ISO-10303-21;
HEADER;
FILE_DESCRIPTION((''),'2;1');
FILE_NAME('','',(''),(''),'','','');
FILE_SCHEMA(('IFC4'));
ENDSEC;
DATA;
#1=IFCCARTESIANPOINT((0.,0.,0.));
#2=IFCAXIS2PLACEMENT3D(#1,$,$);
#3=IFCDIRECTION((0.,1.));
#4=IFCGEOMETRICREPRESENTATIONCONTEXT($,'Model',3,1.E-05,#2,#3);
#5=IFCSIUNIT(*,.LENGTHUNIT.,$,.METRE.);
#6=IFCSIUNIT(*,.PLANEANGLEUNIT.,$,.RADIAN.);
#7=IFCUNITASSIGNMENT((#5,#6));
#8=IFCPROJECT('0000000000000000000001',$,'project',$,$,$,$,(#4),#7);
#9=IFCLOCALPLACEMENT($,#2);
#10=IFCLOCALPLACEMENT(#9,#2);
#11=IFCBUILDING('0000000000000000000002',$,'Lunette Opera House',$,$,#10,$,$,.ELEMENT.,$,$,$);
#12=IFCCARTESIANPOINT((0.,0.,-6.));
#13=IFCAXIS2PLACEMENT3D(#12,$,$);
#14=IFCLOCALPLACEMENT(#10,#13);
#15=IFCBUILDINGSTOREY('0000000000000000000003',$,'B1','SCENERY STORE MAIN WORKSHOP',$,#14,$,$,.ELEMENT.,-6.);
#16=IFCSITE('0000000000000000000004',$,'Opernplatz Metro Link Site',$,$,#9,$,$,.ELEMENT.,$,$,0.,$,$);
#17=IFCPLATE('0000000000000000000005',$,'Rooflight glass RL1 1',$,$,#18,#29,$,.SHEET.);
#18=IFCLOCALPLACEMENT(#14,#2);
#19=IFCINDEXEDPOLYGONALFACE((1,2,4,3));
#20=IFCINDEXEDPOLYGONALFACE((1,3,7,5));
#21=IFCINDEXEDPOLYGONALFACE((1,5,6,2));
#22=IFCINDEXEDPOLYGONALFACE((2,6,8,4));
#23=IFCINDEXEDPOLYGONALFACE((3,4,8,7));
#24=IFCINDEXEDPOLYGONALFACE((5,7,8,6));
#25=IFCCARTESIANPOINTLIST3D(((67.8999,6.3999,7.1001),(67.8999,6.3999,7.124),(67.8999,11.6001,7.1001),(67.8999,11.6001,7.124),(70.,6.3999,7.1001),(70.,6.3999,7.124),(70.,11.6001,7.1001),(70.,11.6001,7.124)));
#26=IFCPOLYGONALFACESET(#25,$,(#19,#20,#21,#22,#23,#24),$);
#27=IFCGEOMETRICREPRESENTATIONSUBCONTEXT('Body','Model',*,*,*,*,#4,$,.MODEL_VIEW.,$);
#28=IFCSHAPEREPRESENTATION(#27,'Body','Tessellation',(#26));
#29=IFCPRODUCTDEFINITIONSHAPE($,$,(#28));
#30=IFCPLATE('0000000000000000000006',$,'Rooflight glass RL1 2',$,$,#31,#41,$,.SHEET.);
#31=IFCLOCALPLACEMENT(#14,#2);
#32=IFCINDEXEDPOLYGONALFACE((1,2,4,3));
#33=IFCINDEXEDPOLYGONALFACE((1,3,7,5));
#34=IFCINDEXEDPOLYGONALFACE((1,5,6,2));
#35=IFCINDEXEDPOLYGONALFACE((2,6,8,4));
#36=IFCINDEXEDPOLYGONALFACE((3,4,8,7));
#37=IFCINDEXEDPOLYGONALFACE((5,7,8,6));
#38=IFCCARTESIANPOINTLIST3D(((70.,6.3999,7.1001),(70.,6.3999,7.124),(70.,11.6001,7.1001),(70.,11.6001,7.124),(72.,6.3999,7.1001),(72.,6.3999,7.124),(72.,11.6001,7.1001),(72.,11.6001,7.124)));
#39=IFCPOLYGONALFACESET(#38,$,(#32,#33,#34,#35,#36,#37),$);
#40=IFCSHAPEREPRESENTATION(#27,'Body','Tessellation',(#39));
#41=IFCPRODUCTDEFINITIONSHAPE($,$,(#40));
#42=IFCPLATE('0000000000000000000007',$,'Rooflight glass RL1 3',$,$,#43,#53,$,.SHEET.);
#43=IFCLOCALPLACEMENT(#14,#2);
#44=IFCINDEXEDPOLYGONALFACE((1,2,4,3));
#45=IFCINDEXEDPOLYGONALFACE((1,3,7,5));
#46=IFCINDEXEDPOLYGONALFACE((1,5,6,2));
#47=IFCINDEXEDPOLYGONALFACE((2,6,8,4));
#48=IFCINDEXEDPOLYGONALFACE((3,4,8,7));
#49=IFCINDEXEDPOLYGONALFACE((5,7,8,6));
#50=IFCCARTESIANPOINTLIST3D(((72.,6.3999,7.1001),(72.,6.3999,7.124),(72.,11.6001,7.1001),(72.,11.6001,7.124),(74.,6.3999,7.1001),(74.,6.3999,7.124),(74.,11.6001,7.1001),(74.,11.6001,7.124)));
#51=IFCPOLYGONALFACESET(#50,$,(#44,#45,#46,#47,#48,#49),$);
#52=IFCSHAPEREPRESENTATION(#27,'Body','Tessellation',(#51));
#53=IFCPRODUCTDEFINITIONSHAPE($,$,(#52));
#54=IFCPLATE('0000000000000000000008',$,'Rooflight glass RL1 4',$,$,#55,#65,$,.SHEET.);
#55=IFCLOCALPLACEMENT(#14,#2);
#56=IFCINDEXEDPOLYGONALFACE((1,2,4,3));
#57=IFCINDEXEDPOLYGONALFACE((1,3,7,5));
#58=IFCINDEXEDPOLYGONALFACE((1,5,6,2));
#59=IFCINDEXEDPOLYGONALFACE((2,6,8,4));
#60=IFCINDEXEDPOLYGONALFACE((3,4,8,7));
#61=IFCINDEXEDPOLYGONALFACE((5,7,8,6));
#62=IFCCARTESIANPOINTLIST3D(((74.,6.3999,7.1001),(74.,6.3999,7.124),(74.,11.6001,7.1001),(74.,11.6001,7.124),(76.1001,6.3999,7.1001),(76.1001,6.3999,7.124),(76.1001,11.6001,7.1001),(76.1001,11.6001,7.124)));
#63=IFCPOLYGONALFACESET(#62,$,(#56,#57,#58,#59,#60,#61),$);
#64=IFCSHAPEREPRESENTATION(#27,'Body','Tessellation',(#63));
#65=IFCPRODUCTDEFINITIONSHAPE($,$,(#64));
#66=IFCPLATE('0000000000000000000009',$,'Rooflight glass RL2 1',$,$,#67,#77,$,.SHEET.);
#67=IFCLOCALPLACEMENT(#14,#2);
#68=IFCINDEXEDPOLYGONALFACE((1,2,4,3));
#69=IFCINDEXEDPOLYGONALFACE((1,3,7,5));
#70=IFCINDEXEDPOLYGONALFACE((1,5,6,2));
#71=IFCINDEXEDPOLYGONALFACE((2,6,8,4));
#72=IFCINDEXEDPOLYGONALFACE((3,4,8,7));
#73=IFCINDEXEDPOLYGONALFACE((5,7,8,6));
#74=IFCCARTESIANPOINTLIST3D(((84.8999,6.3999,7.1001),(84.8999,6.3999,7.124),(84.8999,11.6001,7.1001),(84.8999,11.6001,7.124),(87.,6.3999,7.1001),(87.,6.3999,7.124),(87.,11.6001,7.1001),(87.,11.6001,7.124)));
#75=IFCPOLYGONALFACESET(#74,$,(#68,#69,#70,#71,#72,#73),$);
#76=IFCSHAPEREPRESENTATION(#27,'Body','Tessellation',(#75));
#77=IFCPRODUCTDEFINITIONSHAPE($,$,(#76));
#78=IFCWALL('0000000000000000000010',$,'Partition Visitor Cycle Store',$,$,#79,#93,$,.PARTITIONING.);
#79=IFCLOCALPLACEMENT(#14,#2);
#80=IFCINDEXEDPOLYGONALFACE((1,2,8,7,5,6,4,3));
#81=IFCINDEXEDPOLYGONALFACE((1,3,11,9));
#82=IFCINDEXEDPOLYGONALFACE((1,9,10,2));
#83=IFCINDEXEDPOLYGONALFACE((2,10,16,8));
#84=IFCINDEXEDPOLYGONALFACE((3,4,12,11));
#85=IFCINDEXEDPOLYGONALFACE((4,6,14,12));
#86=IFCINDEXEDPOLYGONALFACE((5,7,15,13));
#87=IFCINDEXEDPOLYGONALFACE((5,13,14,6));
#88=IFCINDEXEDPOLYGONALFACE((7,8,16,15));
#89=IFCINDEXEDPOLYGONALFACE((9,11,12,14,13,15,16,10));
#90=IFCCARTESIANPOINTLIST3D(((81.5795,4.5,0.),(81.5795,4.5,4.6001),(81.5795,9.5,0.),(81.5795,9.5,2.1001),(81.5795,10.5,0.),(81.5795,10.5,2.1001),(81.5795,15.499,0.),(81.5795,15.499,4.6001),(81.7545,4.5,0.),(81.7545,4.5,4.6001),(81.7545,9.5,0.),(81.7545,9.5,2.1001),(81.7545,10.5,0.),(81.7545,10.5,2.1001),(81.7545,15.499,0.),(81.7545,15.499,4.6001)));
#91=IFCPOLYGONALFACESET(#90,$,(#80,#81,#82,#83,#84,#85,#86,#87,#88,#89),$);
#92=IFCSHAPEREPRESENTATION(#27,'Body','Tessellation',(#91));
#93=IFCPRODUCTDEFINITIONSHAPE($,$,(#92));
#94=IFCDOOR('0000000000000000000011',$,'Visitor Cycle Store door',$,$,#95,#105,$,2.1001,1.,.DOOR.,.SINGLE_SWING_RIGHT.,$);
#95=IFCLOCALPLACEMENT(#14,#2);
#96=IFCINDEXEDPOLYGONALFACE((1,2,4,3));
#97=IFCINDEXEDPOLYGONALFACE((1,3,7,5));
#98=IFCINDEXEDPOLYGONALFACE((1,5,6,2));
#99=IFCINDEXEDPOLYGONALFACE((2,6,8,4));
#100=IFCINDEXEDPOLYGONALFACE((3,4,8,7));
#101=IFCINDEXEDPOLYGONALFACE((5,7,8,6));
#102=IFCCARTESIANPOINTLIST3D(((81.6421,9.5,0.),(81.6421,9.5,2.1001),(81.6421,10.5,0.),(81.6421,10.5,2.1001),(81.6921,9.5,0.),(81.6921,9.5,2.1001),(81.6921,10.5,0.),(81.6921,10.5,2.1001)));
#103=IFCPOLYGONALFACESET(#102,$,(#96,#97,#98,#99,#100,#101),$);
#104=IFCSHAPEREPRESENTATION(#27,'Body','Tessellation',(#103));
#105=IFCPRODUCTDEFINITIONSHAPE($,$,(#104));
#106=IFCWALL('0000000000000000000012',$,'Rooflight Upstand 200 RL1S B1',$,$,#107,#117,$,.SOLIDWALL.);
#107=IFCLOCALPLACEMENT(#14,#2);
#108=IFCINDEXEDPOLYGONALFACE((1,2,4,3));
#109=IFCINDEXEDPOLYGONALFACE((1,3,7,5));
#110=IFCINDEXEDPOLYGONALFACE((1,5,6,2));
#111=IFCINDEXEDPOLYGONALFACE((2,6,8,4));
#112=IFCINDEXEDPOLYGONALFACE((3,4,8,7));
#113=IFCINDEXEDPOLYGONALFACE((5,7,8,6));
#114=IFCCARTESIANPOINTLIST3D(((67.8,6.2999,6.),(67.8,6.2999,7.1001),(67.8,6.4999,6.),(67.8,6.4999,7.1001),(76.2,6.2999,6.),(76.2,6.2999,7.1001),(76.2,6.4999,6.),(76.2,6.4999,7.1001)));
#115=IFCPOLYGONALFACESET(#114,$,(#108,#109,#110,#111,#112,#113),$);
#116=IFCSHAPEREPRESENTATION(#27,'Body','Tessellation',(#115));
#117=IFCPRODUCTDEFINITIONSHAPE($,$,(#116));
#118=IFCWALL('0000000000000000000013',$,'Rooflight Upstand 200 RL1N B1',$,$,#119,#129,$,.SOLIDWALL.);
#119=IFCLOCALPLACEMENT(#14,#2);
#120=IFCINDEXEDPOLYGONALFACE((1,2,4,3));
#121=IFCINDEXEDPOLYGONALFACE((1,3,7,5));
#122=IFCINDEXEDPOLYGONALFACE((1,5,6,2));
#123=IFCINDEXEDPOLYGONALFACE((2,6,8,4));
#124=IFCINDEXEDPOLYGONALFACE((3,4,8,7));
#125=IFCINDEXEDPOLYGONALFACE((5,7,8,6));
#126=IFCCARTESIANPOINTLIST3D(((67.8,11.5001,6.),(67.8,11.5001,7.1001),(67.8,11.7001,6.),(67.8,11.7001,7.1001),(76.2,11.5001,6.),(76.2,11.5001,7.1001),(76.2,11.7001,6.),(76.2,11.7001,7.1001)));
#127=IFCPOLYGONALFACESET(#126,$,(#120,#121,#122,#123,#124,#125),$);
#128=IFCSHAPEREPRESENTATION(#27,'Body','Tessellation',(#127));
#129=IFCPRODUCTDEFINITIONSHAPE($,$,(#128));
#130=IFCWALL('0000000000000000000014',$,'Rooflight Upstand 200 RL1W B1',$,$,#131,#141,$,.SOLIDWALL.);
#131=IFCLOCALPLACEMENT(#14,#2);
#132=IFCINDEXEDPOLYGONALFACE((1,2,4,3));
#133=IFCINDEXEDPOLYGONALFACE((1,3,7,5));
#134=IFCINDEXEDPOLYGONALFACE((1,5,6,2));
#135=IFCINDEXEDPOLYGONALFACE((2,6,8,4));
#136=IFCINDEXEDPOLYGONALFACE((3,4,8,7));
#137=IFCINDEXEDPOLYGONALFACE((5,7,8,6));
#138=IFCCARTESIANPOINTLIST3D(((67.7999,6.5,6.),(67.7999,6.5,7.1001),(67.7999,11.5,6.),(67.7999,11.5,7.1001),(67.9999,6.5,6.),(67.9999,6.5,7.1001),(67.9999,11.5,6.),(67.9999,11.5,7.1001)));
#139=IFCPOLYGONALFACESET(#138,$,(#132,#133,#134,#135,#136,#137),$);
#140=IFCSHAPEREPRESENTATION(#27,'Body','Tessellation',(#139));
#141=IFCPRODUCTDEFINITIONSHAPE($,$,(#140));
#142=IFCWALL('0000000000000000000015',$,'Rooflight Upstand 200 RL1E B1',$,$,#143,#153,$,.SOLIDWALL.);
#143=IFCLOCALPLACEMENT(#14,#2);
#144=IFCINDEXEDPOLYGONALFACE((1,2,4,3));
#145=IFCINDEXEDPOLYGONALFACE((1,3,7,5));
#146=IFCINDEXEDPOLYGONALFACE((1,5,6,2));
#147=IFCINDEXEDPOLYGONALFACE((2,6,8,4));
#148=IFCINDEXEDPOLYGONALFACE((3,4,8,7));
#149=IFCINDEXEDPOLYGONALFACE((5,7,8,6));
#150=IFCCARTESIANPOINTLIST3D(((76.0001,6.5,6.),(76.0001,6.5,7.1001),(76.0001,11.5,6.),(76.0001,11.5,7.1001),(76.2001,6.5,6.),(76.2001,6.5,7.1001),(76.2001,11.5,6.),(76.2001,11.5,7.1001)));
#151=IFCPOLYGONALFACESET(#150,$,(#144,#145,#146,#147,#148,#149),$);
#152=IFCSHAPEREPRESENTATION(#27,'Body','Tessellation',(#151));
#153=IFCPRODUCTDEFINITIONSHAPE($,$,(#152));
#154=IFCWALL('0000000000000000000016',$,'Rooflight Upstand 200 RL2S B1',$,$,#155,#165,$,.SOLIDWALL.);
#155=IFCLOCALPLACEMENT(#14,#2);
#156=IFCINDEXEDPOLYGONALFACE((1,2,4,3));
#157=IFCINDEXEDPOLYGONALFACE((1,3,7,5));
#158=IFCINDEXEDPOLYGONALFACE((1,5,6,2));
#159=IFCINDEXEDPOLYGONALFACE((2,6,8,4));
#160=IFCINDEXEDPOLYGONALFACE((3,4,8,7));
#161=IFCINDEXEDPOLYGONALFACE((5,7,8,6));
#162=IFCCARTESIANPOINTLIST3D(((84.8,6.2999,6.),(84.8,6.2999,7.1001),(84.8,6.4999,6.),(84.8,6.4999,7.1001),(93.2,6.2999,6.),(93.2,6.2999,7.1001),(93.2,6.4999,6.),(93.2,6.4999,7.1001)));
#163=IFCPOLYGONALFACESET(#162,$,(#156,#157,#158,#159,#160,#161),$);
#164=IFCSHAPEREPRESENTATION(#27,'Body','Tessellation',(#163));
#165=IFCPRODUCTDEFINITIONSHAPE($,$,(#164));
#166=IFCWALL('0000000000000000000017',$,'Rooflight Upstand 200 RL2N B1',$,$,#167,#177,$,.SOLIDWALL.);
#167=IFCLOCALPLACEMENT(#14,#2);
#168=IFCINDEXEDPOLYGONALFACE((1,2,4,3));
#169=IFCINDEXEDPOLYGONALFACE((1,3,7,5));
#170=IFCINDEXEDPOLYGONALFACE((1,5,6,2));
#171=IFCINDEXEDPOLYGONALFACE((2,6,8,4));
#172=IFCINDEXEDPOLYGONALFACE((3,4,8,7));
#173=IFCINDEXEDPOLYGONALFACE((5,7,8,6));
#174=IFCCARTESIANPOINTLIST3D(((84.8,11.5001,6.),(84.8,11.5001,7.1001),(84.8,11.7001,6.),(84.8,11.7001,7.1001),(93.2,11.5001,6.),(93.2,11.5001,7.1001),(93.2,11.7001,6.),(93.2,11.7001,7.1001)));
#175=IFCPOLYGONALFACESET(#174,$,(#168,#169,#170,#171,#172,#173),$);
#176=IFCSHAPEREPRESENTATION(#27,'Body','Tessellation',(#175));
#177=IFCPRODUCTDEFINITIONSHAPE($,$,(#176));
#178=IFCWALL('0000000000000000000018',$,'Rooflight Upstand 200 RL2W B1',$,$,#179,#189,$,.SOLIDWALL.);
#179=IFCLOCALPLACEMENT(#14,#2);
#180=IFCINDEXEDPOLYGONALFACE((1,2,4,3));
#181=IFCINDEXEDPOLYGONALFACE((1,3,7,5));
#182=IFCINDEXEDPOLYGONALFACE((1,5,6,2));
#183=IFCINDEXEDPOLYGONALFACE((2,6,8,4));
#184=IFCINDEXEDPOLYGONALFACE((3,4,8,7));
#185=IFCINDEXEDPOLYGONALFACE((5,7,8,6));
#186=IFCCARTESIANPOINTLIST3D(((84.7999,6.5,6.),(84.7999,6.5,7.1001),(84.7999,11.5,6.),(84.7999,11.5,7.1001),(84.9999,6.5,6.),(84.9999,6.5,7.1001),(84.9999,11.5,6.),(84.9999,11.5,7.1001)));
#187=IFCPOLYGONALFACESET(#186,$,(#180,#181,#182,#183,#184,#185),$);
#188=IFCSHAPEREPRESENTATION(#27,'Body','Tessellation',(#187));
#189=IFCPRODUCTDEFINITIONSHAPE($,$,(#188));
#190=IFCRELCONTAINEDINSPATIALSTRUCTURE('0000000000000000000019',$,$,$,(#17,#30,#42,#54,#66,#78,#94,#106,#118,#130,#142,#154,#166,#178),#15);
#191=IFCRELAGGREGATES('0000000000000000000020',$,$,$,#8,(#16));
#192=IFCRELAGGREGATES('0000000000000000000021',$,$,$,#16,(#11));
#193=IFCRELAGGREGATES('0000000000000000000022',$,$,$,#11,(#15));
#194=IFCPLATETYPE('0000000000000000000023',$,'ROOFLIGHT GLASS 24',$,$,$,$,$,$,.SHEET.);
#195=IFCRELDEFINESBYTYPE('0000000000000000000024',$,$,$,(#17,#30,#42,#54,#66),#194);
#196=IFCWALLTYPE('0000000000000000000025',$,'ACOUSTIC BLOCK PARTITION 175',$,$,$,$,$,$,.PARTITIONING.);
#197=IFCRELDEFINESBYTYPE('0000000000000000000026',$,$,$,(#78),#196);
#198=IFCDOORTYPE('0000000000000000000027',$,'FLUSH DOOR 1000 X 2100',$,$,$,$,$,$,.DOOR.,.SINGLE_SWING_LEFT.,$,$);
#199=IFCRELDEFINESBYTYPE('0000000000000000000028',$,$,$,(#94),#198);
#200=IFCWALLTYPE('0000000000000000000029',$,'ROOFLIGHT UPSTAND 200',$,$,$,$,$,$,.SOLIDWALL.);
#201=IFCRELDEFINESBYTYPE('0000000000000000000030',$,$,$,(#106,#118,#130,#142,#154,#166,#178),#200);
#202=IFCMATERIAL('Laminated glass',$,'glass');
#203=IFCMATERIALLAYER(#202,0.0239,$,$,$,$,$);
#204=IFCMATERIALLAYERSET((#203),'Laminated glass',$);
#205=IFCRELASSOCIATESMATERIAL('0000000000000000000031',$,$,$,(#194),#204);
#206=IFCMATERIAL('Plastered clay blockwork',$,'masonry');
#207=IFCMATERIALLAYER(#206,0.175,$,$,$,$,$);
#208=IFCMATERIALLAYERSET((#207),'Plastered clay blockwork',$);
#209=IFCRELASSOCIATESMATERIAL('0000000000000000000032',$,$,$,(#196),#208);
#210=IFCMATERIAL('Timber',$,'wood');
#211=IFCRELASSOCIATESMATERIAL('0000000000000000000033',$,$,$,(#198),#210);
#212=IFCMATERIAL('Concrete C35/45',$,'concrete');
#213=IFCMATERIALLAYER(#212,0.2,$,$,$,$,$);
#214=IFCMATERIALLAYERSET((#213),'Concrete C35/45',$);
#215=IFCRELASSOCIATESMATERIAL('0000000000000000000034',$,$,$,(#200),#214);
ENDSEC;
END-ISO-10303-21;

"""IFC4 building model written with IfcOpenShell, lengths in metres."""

from ifc_helpers import new_model, si_unit, direction, frame, frame_2d, origin, place, context, subcontext, project, spatial, polyline, rectangle, outline, extrude, material, layer, layer_set, type_object, element, fill, save


model = new_model("IFC4")

# Units and contexts
model_context = context("Model", 3, precision=1e-05, world=origin(), true_north=direction((0.0, 1.0)))
body_context = subcontext(model_context, "Body", "Model", "MODEL_VIEW")
ifc_project = project(units=[si_unit("LENGTHUNIT", "METRE"), si_unit("PLANEANGLEUNIT", "RADIAN")], contexts=[model_context])

# Site, building, storey
site_placement = place(None, origin())
site = spatial("IfcSite", under=ifc_project, at=site_placement, Name="Opernplatz Metro Link Site", CompositionType="ELEMENT", RefElevation=0.0)
building_placement = place(site_placement, origin())
building = spatial("IfcBuilding", under=site, at=building_placement, Name="Lunette Opera House", CompositionType="ELEMENT")
storey_placement = place(building_placement, frame((0.0, 0.0, -6.0)))
storey = spatial("IfcBuildingStorey", under=building, at=storey_placement, Name="B1", Description="SCENERY STORE MAIN WORKSHOP", CompositionType="ELEMENT", Elevation=-6.0)

# Plates
ifc_material_1 = material(Name="Laminated glass", Category="glass")
ifc_layer_1 = layer(ifc_material_1, 0.0239)
ifc_layer_set_1 = layer_set([ifc_layer_1], Name="Laminated glass")
plate_type = type_object("IfcPlateType", Name="ROOFLIGHT GLASS 24", PredefinedType="SHEET", material=ifc_layer_set_1)
plate_placement = place(storey_placement, frame((67.8999, 6.3999, 7.124), z_axis=(0.0, 0.0, 1.0), x_axis=(1.0, 0.0, 0.0)))
element("IfcPlate", 1, at=plate_placement, inside=storey, type_object=plate_type, Name="Rooflight glass RL1 1", PredefinedType="SHEET", context=body_context, shape_type="SweptSolid", body=[
    extrude(outline(polyline([(0.0, 0.0), (2.1001, 0.0), (2.1001, 5.2002), (0.0, 5.2002), (0.0, 0.0)])), origin(), (0.0, 0.0, -1.0), 0.0239),
])
for number, where, z_axis, x_axis, name in (
    (2, (70.0, 6.3999, 7.124), (0.0, 0.0, 1.0), (1.0, 0.0, 0.0), "Rooflight glass RL1 2"),
    (3, (72.0, 6.3999, 7.124), (0.0, 0.0, 1.0), (1.0, 0.0, 0.0), "Rooflight glass RL1 3"),
):
    element("IfcPlate", number, at=place(storey_placement, frame(where, z_axis=z_axis, x_axis=x_axis)), inside=storey, type_object=plate_type, Name=name, PredefinedType="SHEET", context=body_context, shape_type="SweptSolid", body=[
        extrude(outline(polyline([(0.0, 0.0), (2.0, 0.0), (2.0, 5.2002), (0.0, 5.2002), (0.0, 0.0)])), origin(), (0.0, 0.0, -1.0), 0.0239),
    ])
for number, where, z_axis, x_axis, name in (
    (4, (74.0, 6.3999, 7.124), (0.0, 0.0, 1.0), (1.0, 0.0, 0.0), "Rooflight glass RL1 4"),
    (5, (84.8999, 6.3999, 7.124), (0.0, 0.0, 1.0), (1.0, 0.0, 0.0), "Rooflight glass RL2 1"),
):
    element("IfcPlate", number, at=place(storey_placement, frame(where, z_axis=z_axis, x_axis=x_axis)), inside=storey, type_object=plate_type, Name=name, PredefinedType="SHEET", context=body_context, shape_type="SweptSolid", body=[
        extrude(outline(polyline([(0.0, 0.0), (2.1001, 0.0), (2.1001, 5.2002), (0.0, 5.2002), (0.0, 0.0)])), origin(), (0.0, 0.0, -1.0), 0.0239),
    ])

# Wall, opening, door
ifc_material_2 = material(Name="Plastered clay blockwork", Category="masonry")
ifc_layer_2 = layer(ifc_material_2, 0.175)
ifc_layer_set_2 = layer_set([ifc_layer_2], Name="Plastered clay blockwork")
wall_type_1 = type_object("IfcWallType", Name="ACOUSTIC BLOCK PARTITION 175", PredefinedType="PARTITIONING", material=ifc_layer_set_2)
wall_1_placement = place(storey_placement, frame((81.667, 4.5, 0.0), z_axis=(0.0, 0.0, 1.0), x_axis=(0.0, 1.0, 0.0)))
wall_1 = element("IfcWall", 6, at=wall_1_placement, inside=storey, type_object=wall_type_1, Name="Partition Visitor Cycle Store", PredefinedType="PARTITIONING", context=body_context, shape_type="SweptSolid", body=[
    extrude(rectangle(XDim=10.999, YDim=0.175, at=frame_2d((5.4995, 0.0))), origin(), (0.0, 0.0, 1.0), 4.6001),
])
opening_placement = place(wall_1_placement, frame((5.0, 0.0, 0.0)))
opening = element("IfcOpeningElement", 7, at=opening_placement, cuts=wall_1, PredefinedType="OPENING", context=body_context, shape_type="SweptSolid", body=[
    extrude(rectangle(XDim=1.0, YDim=2.1001, at=frame_2d((0.5, 1.05))), frame((0.0, 0.0996, 0.0), z_axis=(0.0, -1.0, 0.0), x_axis=(1.0, 0.0, 0.0)), (0.0, 0.0, 1.0), 0.199),
])
ifc_material_3 = material(Name="Timber", Category="wood")
door_type = type_object("IfcDoorType", Name="FLUSH DOOR 1000 X 2100", OperationType="SINGLE_SWING_LEFT", PredefinedType="DOOR", material=ifc_material_3)
door_placement = place(opening_placement, origin())
door = element("IfcDoor", 8, at=door_placement, inside=storey, type_object=door_type, Name="Visitor Cycle Store door", OperationType="SINGLE_SWING_RIGHT", OverallHeight=2.1001, OverallWidth=1.0, PredefinedType="DOOR", context=body_context, shape_type="SweptSolid", body=[
    extrude(rectangle(XDim=1.0, YDim=2.1001, at=frame_2d((0.5, 1.05))), frame((0.0, 0.0249, 0.0), z_axis=(0.0, -1.0, 0.0), x_axis=(1.0, 0.0, 0.0)), (0.0, 0.0, 1.0), 0.05),
])
fill(opening, door)

# Walls
ifc_material_4 = material(Name="Concrete C35/45", Category="concrete")
ifc_layer_3 = layer(ifc_material_4, 0.2)
ifc_layer_set_3 = layer_set([ifc_layer_3], Name="Concrete C35/45")
wall_type_2 = type_object("IfcWallType", Name="ROOFLIGHT UPSTAND 200", PredefinedType="SOLIDWALL", material=ifc_layer_set_3)
for number, where, z_axis, x_axis, name in (
    (9, (67.8, 6.3999, 6.0), (0.0, 0.0, 1.0), (1.0, 0.0, 0.0), "Rooflight Upstand 200 RL1S B1"),
    (10, (67.8, 11.6001, 6.0), (0.0, 0.0, 1.0), (1.0, 0.0, 0.0), "Rooflight Upstand 200 RL1N B1"),
):
    element("IfcWall", number, at=place(storey_placement, frame(where, z_axis=z_axis, x_axis=x_axis)), inside=storey, type_object=wall_type_2, Name=name, PredefinedType="SOLIDWALL", context=body_context, shape_type="SweptSolid", body=[
        extrude(rectangle(XDim=8.3999, YDim=0.2, at=frame_2d((4.2, 0.0))), origin(), (0.0, 0.0, 1.0), 1.1001),
    ])
for number, where, z_axis, x_axis, name in (
    (11, (67.8999, 6.5, 6.0), (0.0, 0.0, 1.0), (0.0, 1.0, 0.0), "Rooflight Upstand 200 RL1W B1"),
    (12, (76.1001, 6.5, 6.0), (0.0, 0.0, 1.0), (0.0, 1.0, 0.0), "Rooflight Upstand 200 RL1E B1"),
):
    element("IfcWall", number, at=place(storey_placement, frame(where, z_axis=z_axis, x_axis=x_axis)), inside=storey, type_object=wall_type_2, Name=name, PredefinedType="SOLIDWALL", context=body_context, shape_type="SweptSolid", body=[
        extrude(rectangle(XDim=5.0, YDim=0.2, at=frame_2d((2.5, 0.0))), origin(), (0.0, 0.0, 1.0), 1.1001),
    ])
for number, where, z_axis, x_axis, name in (
    (13, (84.8, 6.3999, 6.0), (0.0, 0.0, 1.0), (1.0, 0.0, 0.0), "Rooflight Upstand 200 RL2S B1"),
    (14, (84.8, 11.6001, 6.0), (0.0, 0.0, 1.0), (1.0, 0.0, 0.0), "Rooflight Upstand 200 RL2N B1"),
):
    element("IfcWall", number, at=place(storey_placement, frame(where, z_axis=z_axis, x_axis=x_axis)), inside=storey, type_object=wall_type_2, Name=name, PredefinedType="SOLIDWALL", context=body_context, shape_type="SweptSolid", body=[
        extrude(rectangle(XDim=8.3999, YDim=0.2, at=frame_2d((4.2, 0.0))), origin(), (0.0, 0.0, 1.0), 1.1001),
    ])
wall_2_placement = place(storey_placement, frame((84.8999, 6.5, 6.0), z_axis=(0.0, 0.0, 1.0), x_axis=(0.0, 1.0, 0.0)))
element("IfcWall", 15, at=wall_2_placement, inside=storey, type_object=wall_type_2, Name="Rooflight Upstand 200 RL2W B1", PredefinedType="SOLIDWALL", context=body_context, shape_type="SweptSolid", body=[
    extrude(rectangle(XDim=5.0, YDim=0.2, at=frame_2d((2.5, 0.0))), origin(), (0.0, 0.0, 1.0), 1.1001),
])

save(model, "model.ifc")
